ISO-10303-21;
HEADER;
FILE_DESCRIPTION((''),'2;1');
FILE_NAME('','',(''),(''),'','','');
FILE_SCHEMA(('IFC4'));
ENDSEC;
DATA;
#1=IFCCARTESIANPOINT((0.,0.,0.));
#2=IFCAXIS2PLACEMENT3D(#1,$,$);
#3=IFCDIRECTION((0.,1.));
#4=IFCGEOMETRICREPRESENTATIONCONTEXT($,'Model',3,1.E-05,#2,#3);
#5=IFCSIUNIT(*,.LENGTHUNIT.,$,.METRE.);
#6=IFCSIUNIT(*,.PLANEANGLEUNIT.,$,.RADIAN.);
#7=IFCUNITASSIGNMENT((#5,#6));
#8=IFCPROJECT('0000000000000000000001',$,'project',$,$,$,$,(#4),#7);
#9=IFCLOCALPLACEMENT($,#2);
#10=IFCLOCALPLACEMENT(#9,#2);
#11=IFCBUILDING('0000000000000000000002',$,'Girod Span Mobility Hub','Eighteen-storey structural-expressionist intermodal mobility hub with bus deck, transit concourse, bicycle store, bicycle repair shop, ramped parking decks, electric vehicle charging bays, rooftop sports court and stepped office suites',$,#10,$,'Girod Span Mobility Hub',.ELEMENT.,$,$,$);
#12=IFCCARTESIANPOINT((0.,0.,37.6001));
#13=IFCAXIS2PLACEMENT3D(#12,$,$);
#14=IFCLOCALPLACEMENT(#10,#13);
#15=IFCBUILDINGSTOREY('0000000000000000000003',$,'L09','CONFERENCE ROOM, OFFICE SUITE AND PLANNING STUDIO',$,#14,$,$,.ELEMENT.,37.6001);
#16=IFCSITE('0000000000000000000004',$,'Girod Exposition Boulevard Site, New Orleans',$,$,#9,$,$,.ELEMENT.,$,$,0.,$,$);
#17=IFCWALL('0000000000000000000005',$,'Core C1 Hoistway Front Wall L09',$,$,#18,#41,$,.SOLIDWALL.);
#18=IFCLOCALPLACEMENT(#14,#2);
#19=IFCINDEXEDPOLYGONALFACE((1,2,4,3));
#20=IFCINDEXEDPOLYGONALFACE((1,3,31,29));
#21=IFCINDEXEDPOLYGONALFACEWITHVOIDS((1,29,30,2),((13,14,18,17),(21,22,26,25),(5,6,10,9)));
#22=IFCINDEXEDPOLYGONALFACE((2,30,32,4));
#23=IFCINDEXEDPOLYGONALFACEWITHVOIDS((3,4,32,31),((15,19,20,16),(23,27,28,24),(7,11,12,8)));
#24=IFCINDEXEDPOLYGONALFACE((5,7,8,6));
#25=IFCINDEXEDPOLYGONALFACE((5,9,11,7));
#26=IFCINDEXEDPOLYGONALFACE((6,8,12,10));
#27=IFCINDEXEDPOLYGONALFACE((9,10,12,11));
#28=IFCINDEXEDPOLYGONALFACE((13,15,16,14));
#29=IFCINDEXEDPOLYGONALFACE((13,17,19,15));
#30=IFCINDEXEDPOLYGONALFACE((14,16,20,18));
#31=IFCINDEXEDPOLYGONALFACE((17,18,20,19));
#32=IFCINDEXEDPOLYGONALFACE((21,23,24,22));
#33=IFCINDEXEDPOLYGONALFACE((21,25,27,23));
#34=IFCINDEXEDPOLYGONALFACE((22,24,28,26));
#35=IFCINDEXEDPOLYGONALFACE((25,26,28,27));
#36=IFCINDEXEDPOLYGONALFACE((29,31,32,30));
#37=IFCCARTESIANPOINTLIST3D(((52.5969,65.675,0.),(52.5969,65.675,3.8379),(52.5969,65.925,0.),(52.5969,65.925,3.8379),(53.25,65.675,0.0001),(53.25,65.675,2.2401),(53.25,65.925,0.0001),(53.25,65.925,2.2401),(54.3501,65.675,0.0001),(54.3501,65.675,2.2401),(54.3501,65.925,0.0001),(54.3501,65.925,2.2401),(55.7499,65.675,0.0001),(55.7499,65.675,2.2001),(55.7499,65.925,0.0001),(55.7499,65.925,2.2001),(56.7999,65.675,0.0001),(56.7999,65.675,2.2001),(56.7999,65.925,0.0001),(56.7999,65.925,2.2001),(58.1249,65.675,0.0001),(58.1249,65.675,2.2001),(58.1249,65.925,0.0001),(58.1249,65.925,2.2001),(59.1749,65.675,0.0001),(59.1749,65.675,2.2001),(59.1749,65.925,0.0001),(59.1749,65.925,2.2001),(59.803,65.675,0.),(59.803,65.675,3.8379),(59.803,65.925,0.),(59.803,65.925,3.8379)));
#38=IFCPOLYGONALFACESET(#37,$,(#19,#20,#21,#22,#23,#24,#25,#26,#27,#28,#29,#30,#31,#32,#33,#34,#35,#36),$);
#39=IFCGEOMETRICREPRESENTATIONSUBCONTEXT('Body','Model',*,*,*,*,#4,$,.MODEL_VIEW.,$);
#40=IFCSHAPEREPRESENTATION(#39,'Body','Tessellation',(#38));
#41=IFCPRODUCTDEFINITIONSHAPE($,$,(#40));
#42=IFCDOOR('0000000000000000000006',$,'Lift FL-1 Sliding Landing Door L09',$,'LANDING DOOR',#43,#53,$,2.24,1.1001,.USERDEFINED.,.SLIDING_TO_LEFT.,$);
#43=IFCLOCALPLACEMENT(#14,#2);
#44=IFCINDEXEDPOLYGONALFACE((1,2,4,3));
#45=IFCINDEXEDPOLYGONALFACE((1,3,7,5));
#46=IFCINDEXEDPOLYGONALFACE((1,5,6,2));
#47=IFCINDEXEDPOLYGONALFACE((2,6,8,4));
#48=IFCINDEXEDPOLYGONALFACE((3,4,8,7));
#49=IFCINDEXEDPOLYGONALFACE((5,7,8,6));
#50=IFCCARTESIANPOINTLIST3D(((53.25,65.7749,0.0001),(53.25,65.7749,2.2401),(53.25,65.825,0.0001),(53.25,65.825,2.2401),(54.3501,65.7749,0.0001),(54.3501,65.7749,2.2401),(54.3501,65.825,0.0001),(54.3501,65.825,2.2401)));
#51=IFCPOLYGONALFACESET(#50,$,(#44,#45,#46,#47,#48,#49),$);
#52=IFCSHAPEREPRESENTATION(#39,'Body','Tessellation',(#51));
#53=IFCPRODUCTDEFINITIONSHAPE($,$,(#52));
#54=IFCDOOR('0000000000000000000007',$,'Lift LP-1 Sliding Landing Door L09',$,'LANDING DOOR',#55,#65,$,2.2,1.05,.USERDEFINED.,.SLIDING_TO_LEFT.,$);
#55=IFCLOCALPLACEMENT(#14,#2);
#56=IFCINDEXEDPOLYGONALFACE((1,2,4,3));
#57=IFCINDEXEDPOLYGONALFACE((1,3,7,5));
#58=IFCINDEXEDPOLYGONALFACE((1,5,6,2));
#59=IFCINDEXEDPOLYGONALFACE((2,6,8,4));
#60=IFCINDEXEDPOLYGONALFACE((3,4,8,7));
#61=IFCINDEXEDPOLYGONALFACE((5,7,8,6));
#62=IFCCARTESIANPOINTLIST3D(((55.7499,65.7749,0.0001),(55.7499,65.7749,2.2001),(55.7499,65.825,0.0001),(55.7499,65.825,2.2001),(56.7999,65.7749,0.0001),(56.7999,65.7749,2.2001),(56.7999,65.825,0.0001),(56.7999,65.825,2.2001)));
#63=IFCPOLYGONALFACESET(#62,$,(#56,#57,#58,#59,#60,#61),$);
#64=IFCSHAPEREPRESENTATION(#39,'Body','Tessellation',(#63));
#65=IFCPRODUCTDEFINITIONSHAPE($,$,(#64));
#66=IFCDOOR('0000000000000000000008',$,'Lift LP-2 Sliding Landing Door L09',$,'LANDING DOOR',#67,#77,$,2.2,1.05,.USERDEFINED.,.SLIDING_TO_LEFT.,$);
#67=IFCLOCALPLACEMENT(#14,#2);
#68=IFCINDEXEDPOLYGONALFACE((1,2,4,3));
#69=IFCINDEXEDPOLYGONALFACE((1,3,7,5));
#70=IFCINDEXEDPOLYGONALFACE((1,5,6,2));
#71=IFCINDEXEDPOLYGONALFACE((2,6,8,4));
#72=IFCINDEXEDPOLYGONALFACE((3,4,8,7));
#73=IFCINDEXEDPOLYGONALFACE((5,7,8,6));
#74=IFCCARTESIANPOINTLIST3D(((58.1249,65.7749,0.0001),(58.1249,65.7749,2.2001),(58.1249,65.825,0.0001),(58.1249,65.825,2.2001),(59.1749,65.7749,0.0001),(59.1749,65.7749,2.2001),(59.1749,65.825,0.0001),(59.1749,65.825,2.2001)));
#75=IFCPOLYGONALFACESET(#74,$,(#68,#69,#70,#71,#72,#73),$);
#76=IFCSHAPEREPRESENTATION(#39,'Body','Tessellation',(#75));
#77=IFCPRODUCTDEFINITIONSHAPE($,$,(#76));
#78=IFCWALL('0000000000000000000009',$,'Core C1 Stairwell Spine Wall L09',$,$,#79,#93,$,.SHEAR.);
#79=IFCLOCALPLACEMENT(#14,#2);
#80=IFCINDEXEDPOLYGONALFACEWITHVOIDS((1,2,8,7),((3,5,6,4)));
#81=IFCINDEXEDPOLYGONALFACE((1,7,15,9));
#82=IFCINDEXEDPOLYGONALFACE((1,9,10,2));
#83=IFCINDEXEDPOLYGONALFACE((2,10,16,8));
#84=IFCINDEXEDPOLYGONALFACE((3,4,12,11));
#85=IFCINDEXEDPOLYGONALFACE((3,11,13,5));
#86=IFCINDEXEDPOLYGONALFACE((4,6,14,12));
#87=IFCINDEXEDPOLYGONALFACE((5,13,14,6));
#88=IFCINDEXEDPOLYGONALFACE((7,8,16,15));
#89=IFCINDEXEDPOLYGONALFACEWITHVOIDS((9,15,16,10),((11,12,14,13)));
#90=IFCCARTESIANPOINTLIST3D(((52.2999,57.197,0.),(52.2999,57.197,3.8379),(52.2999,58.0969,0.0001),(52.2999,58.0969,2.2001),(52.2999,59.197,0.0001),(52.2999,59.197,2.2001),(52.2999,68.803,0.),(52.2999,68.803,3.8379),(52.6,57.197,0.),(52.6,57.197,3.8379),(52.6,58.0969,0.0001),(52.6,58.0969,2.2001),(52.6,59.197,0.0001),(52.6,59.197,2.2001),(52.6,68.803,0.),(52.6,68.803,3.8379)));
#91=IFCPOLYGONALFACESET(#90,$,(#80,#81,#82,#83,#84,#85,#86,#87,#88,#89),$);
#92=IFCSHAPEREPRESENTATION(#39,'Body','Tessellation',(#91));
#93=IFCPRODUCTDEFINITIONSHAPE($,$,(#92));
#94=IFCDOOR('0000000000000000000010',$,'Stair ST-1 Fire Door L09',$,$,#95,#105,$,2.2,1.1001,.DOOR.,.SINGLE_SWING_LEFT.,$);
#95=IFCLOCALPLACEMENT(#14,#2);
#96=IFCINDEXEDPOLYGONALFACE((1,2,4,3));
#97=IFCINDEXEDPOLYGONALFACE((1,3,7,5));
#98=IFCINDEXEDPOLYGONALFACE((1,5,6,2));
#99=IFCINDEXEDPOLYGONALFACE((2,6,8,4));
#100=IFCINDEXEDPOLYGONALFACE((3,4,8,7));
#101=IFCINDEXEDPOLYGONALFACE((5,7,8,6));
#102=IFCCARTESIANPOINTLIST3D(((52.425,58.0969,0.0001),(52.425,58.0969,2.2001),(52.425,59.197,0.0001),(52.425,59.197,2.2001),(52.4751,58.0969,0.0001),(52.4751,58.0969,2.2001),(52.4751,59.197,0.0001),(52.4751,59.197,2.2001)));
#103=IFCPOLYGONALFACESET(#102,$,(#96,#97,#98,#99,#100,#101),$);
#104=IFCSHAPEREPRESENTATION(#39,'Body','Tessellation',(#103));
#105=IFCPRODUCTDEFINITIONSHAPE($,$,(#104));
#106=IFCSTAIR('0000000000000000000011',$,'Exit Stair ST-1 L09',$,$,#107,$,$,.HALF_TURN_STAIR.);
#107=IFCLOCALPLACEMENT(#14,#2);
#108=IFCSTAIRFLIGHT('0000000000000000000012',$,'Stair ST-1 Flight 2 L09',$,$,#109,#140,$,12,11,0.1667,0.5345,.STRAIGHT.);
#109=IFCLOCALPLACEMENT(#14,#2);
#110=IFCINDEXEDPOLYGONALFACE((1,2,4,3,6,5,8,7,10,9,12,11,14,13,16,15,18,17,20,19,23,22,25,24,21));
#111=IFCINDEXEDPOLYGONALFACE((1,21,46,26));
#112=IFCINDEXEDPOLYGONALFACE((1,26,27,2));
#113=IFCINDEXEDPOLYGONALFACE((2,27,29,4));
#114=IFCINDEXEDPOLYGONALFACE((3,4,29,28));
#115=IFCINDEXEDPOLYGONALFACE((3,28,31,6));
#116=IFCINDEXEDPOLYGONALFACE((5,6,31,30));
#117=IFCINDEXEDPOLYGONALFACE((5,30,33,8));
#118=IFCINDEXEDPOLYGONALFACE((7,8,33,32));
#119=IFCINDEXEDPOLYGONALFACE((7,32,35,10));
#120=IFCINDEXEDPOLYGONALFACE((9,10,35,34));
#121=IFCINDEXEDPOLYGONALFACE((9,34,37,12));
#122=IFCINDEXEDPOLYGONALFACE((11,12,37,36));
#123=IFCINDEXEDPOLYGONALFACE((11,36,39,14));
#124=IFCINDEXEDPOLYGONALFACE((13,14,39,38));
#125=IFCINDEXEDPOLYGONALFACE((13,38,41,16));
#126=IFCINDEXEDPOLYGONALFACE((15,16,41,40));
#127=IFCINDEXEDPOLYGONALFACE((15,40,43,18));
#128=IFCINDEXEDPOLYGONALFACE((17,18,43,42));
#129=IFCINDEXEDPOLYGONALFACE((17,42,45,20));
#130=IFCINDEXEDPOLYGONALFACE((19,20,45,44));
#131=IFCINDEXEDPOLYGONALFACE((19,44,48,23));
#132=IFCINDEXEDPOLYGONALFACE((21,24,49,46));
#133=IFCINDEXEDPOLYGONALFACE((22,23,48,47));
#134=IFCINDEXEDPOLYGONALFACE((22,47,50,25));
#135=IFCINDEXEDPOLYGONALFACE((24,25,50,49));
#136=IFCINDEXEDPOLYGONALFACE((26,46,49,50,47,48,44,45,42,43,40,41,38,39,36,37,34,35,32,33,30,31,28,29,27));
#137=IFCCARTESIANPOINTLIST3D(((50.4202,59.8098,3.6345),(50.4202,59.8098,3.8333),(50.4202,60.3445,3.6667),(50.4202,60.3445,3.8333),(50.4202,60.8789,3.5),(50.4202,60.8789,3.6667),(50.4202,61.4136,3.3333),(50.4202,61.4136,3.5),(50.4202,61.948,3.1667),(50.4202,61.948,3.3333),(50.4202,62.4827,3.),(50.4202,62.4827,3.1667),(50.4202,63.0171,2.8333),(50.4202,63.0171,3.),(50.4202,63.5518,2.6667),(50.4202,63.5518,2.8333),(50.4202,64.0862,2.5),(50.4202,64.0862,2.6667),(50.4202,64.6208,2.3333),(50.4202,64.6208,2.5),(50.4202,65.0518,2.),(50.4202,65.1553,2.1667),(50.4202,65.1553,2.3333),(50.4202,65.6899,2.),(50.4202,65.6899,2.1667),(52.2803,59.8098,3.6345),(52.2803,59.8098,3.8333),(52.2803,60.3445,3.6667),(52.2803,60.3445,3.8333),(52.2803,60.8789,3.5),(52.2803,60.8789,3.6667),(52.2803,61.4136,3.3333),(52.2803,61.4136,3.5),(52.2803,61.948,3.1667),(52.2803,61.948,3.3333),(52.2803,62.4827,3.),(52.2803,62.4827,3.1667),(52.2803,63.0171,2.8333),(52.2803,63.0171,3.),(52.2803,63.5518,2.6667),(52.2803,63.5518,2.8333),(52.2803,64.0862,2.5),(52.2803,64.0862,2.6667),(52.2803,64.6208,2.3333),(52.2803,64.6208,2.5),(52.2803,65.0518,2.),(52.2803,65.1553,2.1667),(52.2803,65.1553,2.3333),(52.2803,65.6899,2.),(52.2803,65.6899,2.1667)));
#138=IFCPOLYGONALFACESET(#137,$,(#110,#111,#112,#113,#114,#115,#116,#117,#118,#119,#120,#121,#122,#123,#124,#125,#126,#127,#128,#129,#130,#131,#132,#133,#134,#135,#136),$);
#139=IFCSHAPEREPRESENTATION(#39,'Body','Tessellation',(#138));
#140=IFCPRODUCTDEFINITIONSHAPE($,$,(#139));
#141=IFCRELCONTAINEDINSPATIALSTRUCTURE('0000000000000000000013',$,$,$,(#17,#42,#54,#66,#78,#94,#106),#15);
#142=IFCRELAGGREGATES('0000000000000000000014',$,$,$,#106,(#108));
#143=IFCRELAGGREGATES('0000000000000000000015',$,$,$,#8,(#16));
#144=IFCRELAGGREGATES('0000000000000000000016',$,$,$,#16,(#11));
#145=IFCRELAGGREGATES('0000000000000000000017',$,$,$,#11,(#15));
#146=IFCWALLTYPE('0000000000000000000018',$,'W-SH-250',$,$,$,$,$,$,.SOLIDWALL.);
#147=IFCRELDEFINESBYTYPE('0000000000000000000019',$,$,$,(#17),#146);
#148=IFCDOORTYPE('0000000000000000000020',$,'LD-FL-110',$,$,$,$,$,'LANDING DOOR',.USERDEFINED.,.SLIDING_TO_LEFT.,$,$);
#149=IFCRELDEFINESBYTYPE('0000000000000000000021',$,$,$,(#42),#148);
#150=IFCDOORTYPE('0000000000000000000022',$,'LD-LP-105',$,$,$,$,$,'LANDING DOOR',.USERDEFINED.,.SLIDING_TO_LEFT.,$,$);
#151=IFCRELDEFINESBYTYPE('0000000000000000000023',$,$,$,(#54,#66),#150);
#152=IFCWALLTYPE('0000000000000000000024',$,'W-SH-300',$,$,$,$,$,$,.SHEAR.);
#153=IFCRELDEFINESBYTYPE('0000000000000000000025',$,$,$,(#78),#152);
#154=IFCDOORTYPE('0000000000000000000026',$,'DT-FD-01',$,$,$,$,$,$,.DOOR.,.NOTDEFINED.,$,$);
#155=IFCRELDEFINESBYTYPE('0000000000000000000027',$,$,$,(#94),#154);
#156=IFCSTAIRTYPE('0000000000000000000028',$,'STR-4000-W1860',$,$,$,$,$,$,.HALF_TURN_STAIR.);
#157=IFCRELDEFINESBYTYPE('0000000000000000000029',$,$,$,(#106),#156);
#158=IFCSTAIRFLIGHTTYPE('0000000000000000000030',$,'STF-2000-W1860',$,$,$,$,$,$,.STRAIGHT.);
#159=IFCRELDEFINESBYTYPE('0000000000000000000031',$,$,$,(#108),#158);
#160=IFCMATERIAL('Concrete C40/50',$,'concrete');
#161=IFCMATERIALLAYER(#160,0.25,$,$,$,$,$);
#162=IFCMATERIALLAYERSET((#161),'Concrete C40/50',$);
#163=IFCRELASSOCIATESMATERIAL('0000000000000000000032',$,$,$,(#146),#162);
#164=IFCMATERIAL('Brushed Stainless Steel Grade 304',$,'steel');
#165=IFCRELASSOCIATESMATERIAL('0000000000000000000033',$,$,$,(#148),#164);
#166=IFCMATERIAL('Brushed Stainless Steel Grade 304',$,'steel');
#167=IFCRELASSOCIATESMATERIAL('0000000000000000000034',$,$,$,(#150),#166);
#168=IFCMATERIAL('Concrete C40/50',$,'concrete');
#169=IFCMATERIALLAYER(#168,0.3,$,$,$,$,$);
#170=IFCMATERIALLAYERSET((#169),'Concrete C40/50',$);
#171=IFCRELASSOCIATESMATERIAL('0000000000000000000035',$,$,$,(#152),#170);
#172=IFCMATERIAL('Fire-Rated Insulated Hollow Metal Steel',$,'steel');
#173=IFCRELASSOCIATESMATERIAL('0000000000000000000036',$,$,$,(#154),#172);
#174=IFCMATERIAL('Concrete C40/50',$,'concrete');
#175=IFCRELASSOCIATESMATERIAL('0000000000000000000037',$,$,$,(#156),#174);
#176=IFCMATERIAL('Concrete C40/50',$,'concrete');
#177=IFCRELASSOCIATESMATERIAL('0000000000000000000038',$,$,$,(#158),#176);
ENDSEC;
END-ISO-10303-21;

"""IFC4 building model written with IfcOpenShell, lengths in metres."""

from ifc_helpers import new_model, si_unit, direction, frame, frame_2d, origin, place, context, subcontext, project, spatial, polyline, rectangle, outline, extrude, material, layer, layer_set, type_object, element, fill, aggregate, save


model = new_model("IFC4")

# Units and contexts
model_context = context("Model", 3, precision=1e-05, world=origin(), true_north=direction((0.0, 1.0)))
body_context = subcontext(model_context, "Body", "Model", "MODEL_VIEW")
ifc_project = project(units=[si_unit("LENGTHUNIT", "METRE"), si_unit("PLANEANGLEUNIT", "RADIAN")], contexts=[model_context])

# Site, building, storey
site_placement = place(None, origin())
site = spatial("IfcSite", under=ifc_project, at=site_placement, Name="Girod Exposition Boulevard Site, New Orleans", CompositionType="ELEMENT", RefElevation=0.0)
building_placement = place(site_placement, origin())
building = spatial("IfcBuilding", under=site, at=building_placement, Name="Girod Span Mobility Hub", Description="Eighteen-storey structural-expressionist intermodal mobility hub with bus deck, transit concourse, bicycle store, bicycle repair shop, ramped parking decks, electric vehicle charging bays, rooftop sports court and stepped office suites", LongName="Girod Span Mobility Hub", CompositionType="ELEMENT")
storey_placement = place(building_placement, frame((0.0, 0.0, 37.6001)))
storey = spatial("IfcBuildingStorey", under=building, at=storey_placement, Name="L09", Description="CONFERENCE ROOM, OFFICE SUITE AND PLANNING STUDIO", CompositionType="ELEMENT", Elevation=37.6001)

# Wall, openings, doors
ifc_material_1 = material(Name="Concrete C40/50", Category="concrete")
ifc_layer_1 = layer(ifc_material_1, 0.25)
ifc_layer_set_1 = layer_set([ifc_layer_1], Name="Concrete C40/50")
wall_type_1 = type_object("IfcWallType", Name="W-SH-250", PredefinedType="SOLIDWALL", material=ifc_layer_set_1)
wall_1_placement = place(storey_placement, frame((52.5969, 65.8, 0.0), z_axis=(0.0, 0.0, 1.0), x_axis=(1.0, 0.0, 0.0)))
wall_1 = element("IfcWall", 1, at=wall_1_placement, inside=storey, type_object=wall_type_1, Name="Core C1 Hoistway Front Wall L09", PredefinedType="SOLIDWALL", context=body_context, shape_type="SweptSolid", body=[
    extrude(rectangle(XDim=7.2061, YDim=0.25, at=frame_2d((3.603, 0.0))), origin(), (0.0, 0.0, 1.0), 3.8379),
])
opening_1_placement = place(wall_1_placement, frame((0.6531, 0.0, 0.0)))
opening_1 = element("IfcOpeningElement", 2, at=opening_1_placement, cuts=wall_1, PredefinedType="OPENING", context=body_context, shape_type="SweptSolid", body=[
    extrude(rectangle(XDim=1.1001, YDim=2.24, at=frame_2d((0.55, 1.1201))), frame((0.0, 0.1399, 0.0), z_axis=(0.0, -1.0, 0.0), x_axis=(1.0, 0.0, 0.0)), (0.0, 0.0, 1.0), 0.28),
])
opening_2_placement = place(wall_1_placement, frame((3.1531, 0.0, 0.0)))
opening_2 = element("IfcOpeningElement", 3, at=opening_2_placement, cuts=wall_1, PredefinedType="OPENING", context=body_context, shape_type="SweptSolid", body=[
    extrude(rectangle(XDim=1.05, YDim=2.2, at=frame_2d((0.5249, 1.1001))), frame((0.0, 0.1399, 0.0), z_axis=(0.0, -1.0, 0.0), x_axis=(1.0, 0.0, 0.0)), (0.0, 0.0, 1.0), 0.28),
])
opening_3_placement = place(wall_1_placement, frame((5.5281, 0.0, 0.0)))
opening_3 = element("IfcOpeningElement", 4, at=opening_3_placement, cuts=wall_1, PredefinedType="OPENING", context=body_context, shape_type="SweptSolid", body=[
    extrude(rectangle(XDim=1.05, YDim=2.2, at=frame_2d((0.5249, 1.1001))), frame((0.0, 0.1399, 0.0), z_axis=(0.0, -1.0, 0.0), x_axis=(1.0, 0.0, 0.0)), (0.0, 0.0, 1.0), 0.28),
])
ifc_material_2 = material(Name="Brushed Stainless Steel Grade 304", Category="steel")
door_type_1 = type_object("IfcDoorType", Name="LD-FL-110", ElementType="LANDING DOOR", OperationType="SLIDING_TO_LEFT", PredefinedType="USERDEFINED", material=ifc_material_2)
door_1_placement = place(opening_1_placement, origin())
door_1 = element("IfcDoor", 5, at=door_1_placement, inside=storey, type_object=door_type_1, Name="Lift FL-1 Sliding Landing Door L09", ObjectType="LANDING DOOR", OperationType="SLIDING_TO_LEFT", OverallHeight=2.24, OverallWidth=1.1001, PredefinedType="USERDEFINED", context=body_context, shape_type="SweptSolid", body=[
    extrude(rectangle(XDim=1.1001, YDim=2.24, at=frame_2d((0.55, 1.1201))), frame((0.0, 0.0249, 0.0), z_axis=(0.0, -1.0, 0.0), x_axis=(1.0, 0.0, 0.0)), (0.0, 0.0, 1.0), 0.05),
])
fill(opening_1, door_1)
ifc_material_3 = material(Name="Brushed Stainless Steel Grade 304", Category="steel")
door_type_2 = type_object("IfcDoorType", Name="LD-LP-105", ElementType="LANDING DOOR", OperationType="SLIDING_TO_LEFT", PredefinedType="USERDEFINED", material=ifc_material_3)
door_2_placement = place(opening_2_placement, origin())
door_2 = element("IfcDoor", 6, at=door_2_placement, inside=storey, type_object=door_type_2, Name="Lift LP-1 Sliding Landing Door L09", ObjectType="LANDING DOOR", OperationType="SLIDING_TO_LEFT", OverallHeight=2.2, OverallWidth=1.05, PredefinedType="USERDEFINED", context=body_context, shape_type="SweptSolid", body=[
    extrude(rectangle(XDim=1.05, YDim=2.2, at=frame_2d((0.5249, 1.1001))), frame((0.0, 0.0249, 0.0), z_axis=(0.0, -1.0, 0.0), x_axis=(1.0, 0.0, 0.0)), (0.0, 0.0, 1.0), 0.05),
])
fill(opening_2, door_2)
door_3_placement = place(opening_3_placement, origin())
door_3 = element("IfcDoor", 7, at=door_3_placement, inside=storey, type_object=door_type_2, Name="Lift LP-2 Sliding Landing Door L09", ObjectType="LANDING DOOR", OperationType="SLIDING_TO_LEFT", OverallHeight=2.2, OverallWidth=1.05, PredefinedType="USERDEFINED", context=body_context, shape_type="SweptSolid", body=[
    extrude(rectangle(XDim=1.05, YDim=2.2, at=frame_2d((0.5249, 1.1001))), frame((0.0, 0.0249, 0.0), z_axis=(0.0, -1.0, 0.0), x_axis=(1.0, 0.0, 0.0)), (0.0, 0.0, 1.0), 0.05),
])
fill(opening_3, door_3)

# Wall, opening, door
ifc_material_4 = material(Name="Concrete C40/50", Category="concrete")
ifc_layer_2 = layer(ifc_material_4, 0.3)
ifc_layer_set_2 = layer_set([ifc_layer_2], Name="Concrete C40/50")
wall_type_2 = type_object("IfcWallType", Name="W-SH-300", PredefinedType="SHEAR", material=ifc_layer_set_2)
wall_2_placement = place(storey_placement, frame((52.45, 57.197, 0.0), z_axis=(0.0, 0.0, 1.0), x_axis=(0.0, 1.0, 0.0)))
wall_2 = element("IfcWall", 8, at=wall_2_placement, inside=storey, type_object=wall_type_2, Name="Core C1 Stairwell Spine Wall L09", PredefinedType="SHEAR", context=body_context, shape_type="SweptSolid", body=[
    extrude(rectangle(XDim=11.606, YDim=0.3, at=frame_2d((5.803, 0.0))), origin(), (0.0, 0.0, 1.0), 3.8379),
])
opening_4_placement = place(wall_2_placement, frame((0.8999, 0.0, 0.0)))
opening_4 = element("IfcOpeningElement", 9, at=opening_4_placement, cuts=wall_2, PredefinedType="OPENING", context=body_context, shape_type="SweptSolid", body=[
    extrude(rectangle(XDim=1.1001, YDim=2.2, at=frame_2d((0.55, 1.1001))), frame((0.0, 0.165, 0.0), z_axis=(0.0, -1.0, 0.0), x_axis=(1.0, 0.0, 0.0)), (0.0, 0.0, 1.0), 0.3301),
])
ifc_material_5 = material(Name="Fire-Rated Insulated Hollow Metal Steel", Category="steel")
door_type_3 = type_object("IfcDoorType", Name="DT-FD-01", OperationType="NOTDEFINED", PredefinedType="DOOR", material=ifc_material_5)
door_4_placement = place(opening_4_placement, origin())
door_4 = element("IfcDoor", 10, at=door_4_placement, inside=storey, type_object=door_type_3, Name="Stair ST-1 Fire Door L09", OperationType="SINGLE_SWING_LEFT", OverallHeight=2.2, OverallWidth=1.1001, PredefinedType="DOOR", context=body_context, shape_type="SweptSolid", body=[
    extrude(rectangle(XDim=1.1001, YDim=2.2, at=frame_2d((0.55, 1.1001))), frame((0.0, 0.0249, 0.0), z_axis=(0.0, -1.0, 0.0), x_axis=(1.0, 0.0, 0.0)), (0.0, 0.0, 1.0), 0.05),
])
fill(opening_4, door_4)

# Stair, stair flight
ifc_material_6 = material(Name="Concrete C40/50", Category="concrete")
stair_type = type_object("IfcStairType", Name="STR-4000-W1860", PredefinedType="HALF_TURN_STAIR", material=ifc_material_6)
stair_placement = place(storey_placement, origin())
stair = element("IfcStair", 11, at=stair_placement, inside=storey, type_object=stair_type, Name="Exit Stair ST-1 L09", PredefinedType="HALF_TURN_STAIR")
ifc_material_7 = material(Name="Concrete C40/50", Category="concrete")
stair_flight_type = type_object("IfcStairFlightType", Name="STF-2000-W1860", PredefinedType="STRAIGHT", material=ifc_material_7)
stair_flight_placement = place(storey_placement, frame((51.3501, 65.6899, 2.0), z_axis=(0.0, 0.0, 1.0), x_axis=(0.0, -1.0, 0.0)))
stair_flight = element("IfcStairFlight", 12, at=stair_flight_placement, type_object=stair_flight_type, Name="Stair ST-1 Flight 2 L09", NumberOfRisers=12, NumberOfTreads=11, PredefinedType="STRAIGHT", RiserHeight=0.1667, TreadLength=0.5345, context=body_context, shape_type="SweptSolid", body=[
    extrude(outline(polyline([(0.0, 0.0), (0.0, 0.1667), (0.5347, 0.1667), (0.5347, 0.3333), (1.0691, 0.3333), (1.0691, 0.5), (1.6038, 0.5), (1.6038, 0.6667), (2.1382, 0.6667), (2.1382, 0.8333), (2.6729, 0.8333), (2.6729, 1.0), (3.2073, 1.0), (3.2073, 1.1667), (3.7419, 1.1667), (3.7419, 1.3333), (4.2764, 1.3333), (4.2764, 1.5), (4.811, 1.5), (4.811, 1.6667), (5.3455, 1.6667), (5.3455, 1.8333), (5.8801, 1.8333), (5.8801, 2.0), (5.8801, 1.6345), (0.6382, 0.0), (0.0, 0.0)])), frame((0.0, 0.9302, 0.0), z_axis=(0.0, -1.0, 0.0), x_axis=(1.0, 0.0, 0.0)), (0.0, 0.0, 1.0), 1.8601),
])
aggregate(stair, [stair_flight])

save(model, "model.ifc")
